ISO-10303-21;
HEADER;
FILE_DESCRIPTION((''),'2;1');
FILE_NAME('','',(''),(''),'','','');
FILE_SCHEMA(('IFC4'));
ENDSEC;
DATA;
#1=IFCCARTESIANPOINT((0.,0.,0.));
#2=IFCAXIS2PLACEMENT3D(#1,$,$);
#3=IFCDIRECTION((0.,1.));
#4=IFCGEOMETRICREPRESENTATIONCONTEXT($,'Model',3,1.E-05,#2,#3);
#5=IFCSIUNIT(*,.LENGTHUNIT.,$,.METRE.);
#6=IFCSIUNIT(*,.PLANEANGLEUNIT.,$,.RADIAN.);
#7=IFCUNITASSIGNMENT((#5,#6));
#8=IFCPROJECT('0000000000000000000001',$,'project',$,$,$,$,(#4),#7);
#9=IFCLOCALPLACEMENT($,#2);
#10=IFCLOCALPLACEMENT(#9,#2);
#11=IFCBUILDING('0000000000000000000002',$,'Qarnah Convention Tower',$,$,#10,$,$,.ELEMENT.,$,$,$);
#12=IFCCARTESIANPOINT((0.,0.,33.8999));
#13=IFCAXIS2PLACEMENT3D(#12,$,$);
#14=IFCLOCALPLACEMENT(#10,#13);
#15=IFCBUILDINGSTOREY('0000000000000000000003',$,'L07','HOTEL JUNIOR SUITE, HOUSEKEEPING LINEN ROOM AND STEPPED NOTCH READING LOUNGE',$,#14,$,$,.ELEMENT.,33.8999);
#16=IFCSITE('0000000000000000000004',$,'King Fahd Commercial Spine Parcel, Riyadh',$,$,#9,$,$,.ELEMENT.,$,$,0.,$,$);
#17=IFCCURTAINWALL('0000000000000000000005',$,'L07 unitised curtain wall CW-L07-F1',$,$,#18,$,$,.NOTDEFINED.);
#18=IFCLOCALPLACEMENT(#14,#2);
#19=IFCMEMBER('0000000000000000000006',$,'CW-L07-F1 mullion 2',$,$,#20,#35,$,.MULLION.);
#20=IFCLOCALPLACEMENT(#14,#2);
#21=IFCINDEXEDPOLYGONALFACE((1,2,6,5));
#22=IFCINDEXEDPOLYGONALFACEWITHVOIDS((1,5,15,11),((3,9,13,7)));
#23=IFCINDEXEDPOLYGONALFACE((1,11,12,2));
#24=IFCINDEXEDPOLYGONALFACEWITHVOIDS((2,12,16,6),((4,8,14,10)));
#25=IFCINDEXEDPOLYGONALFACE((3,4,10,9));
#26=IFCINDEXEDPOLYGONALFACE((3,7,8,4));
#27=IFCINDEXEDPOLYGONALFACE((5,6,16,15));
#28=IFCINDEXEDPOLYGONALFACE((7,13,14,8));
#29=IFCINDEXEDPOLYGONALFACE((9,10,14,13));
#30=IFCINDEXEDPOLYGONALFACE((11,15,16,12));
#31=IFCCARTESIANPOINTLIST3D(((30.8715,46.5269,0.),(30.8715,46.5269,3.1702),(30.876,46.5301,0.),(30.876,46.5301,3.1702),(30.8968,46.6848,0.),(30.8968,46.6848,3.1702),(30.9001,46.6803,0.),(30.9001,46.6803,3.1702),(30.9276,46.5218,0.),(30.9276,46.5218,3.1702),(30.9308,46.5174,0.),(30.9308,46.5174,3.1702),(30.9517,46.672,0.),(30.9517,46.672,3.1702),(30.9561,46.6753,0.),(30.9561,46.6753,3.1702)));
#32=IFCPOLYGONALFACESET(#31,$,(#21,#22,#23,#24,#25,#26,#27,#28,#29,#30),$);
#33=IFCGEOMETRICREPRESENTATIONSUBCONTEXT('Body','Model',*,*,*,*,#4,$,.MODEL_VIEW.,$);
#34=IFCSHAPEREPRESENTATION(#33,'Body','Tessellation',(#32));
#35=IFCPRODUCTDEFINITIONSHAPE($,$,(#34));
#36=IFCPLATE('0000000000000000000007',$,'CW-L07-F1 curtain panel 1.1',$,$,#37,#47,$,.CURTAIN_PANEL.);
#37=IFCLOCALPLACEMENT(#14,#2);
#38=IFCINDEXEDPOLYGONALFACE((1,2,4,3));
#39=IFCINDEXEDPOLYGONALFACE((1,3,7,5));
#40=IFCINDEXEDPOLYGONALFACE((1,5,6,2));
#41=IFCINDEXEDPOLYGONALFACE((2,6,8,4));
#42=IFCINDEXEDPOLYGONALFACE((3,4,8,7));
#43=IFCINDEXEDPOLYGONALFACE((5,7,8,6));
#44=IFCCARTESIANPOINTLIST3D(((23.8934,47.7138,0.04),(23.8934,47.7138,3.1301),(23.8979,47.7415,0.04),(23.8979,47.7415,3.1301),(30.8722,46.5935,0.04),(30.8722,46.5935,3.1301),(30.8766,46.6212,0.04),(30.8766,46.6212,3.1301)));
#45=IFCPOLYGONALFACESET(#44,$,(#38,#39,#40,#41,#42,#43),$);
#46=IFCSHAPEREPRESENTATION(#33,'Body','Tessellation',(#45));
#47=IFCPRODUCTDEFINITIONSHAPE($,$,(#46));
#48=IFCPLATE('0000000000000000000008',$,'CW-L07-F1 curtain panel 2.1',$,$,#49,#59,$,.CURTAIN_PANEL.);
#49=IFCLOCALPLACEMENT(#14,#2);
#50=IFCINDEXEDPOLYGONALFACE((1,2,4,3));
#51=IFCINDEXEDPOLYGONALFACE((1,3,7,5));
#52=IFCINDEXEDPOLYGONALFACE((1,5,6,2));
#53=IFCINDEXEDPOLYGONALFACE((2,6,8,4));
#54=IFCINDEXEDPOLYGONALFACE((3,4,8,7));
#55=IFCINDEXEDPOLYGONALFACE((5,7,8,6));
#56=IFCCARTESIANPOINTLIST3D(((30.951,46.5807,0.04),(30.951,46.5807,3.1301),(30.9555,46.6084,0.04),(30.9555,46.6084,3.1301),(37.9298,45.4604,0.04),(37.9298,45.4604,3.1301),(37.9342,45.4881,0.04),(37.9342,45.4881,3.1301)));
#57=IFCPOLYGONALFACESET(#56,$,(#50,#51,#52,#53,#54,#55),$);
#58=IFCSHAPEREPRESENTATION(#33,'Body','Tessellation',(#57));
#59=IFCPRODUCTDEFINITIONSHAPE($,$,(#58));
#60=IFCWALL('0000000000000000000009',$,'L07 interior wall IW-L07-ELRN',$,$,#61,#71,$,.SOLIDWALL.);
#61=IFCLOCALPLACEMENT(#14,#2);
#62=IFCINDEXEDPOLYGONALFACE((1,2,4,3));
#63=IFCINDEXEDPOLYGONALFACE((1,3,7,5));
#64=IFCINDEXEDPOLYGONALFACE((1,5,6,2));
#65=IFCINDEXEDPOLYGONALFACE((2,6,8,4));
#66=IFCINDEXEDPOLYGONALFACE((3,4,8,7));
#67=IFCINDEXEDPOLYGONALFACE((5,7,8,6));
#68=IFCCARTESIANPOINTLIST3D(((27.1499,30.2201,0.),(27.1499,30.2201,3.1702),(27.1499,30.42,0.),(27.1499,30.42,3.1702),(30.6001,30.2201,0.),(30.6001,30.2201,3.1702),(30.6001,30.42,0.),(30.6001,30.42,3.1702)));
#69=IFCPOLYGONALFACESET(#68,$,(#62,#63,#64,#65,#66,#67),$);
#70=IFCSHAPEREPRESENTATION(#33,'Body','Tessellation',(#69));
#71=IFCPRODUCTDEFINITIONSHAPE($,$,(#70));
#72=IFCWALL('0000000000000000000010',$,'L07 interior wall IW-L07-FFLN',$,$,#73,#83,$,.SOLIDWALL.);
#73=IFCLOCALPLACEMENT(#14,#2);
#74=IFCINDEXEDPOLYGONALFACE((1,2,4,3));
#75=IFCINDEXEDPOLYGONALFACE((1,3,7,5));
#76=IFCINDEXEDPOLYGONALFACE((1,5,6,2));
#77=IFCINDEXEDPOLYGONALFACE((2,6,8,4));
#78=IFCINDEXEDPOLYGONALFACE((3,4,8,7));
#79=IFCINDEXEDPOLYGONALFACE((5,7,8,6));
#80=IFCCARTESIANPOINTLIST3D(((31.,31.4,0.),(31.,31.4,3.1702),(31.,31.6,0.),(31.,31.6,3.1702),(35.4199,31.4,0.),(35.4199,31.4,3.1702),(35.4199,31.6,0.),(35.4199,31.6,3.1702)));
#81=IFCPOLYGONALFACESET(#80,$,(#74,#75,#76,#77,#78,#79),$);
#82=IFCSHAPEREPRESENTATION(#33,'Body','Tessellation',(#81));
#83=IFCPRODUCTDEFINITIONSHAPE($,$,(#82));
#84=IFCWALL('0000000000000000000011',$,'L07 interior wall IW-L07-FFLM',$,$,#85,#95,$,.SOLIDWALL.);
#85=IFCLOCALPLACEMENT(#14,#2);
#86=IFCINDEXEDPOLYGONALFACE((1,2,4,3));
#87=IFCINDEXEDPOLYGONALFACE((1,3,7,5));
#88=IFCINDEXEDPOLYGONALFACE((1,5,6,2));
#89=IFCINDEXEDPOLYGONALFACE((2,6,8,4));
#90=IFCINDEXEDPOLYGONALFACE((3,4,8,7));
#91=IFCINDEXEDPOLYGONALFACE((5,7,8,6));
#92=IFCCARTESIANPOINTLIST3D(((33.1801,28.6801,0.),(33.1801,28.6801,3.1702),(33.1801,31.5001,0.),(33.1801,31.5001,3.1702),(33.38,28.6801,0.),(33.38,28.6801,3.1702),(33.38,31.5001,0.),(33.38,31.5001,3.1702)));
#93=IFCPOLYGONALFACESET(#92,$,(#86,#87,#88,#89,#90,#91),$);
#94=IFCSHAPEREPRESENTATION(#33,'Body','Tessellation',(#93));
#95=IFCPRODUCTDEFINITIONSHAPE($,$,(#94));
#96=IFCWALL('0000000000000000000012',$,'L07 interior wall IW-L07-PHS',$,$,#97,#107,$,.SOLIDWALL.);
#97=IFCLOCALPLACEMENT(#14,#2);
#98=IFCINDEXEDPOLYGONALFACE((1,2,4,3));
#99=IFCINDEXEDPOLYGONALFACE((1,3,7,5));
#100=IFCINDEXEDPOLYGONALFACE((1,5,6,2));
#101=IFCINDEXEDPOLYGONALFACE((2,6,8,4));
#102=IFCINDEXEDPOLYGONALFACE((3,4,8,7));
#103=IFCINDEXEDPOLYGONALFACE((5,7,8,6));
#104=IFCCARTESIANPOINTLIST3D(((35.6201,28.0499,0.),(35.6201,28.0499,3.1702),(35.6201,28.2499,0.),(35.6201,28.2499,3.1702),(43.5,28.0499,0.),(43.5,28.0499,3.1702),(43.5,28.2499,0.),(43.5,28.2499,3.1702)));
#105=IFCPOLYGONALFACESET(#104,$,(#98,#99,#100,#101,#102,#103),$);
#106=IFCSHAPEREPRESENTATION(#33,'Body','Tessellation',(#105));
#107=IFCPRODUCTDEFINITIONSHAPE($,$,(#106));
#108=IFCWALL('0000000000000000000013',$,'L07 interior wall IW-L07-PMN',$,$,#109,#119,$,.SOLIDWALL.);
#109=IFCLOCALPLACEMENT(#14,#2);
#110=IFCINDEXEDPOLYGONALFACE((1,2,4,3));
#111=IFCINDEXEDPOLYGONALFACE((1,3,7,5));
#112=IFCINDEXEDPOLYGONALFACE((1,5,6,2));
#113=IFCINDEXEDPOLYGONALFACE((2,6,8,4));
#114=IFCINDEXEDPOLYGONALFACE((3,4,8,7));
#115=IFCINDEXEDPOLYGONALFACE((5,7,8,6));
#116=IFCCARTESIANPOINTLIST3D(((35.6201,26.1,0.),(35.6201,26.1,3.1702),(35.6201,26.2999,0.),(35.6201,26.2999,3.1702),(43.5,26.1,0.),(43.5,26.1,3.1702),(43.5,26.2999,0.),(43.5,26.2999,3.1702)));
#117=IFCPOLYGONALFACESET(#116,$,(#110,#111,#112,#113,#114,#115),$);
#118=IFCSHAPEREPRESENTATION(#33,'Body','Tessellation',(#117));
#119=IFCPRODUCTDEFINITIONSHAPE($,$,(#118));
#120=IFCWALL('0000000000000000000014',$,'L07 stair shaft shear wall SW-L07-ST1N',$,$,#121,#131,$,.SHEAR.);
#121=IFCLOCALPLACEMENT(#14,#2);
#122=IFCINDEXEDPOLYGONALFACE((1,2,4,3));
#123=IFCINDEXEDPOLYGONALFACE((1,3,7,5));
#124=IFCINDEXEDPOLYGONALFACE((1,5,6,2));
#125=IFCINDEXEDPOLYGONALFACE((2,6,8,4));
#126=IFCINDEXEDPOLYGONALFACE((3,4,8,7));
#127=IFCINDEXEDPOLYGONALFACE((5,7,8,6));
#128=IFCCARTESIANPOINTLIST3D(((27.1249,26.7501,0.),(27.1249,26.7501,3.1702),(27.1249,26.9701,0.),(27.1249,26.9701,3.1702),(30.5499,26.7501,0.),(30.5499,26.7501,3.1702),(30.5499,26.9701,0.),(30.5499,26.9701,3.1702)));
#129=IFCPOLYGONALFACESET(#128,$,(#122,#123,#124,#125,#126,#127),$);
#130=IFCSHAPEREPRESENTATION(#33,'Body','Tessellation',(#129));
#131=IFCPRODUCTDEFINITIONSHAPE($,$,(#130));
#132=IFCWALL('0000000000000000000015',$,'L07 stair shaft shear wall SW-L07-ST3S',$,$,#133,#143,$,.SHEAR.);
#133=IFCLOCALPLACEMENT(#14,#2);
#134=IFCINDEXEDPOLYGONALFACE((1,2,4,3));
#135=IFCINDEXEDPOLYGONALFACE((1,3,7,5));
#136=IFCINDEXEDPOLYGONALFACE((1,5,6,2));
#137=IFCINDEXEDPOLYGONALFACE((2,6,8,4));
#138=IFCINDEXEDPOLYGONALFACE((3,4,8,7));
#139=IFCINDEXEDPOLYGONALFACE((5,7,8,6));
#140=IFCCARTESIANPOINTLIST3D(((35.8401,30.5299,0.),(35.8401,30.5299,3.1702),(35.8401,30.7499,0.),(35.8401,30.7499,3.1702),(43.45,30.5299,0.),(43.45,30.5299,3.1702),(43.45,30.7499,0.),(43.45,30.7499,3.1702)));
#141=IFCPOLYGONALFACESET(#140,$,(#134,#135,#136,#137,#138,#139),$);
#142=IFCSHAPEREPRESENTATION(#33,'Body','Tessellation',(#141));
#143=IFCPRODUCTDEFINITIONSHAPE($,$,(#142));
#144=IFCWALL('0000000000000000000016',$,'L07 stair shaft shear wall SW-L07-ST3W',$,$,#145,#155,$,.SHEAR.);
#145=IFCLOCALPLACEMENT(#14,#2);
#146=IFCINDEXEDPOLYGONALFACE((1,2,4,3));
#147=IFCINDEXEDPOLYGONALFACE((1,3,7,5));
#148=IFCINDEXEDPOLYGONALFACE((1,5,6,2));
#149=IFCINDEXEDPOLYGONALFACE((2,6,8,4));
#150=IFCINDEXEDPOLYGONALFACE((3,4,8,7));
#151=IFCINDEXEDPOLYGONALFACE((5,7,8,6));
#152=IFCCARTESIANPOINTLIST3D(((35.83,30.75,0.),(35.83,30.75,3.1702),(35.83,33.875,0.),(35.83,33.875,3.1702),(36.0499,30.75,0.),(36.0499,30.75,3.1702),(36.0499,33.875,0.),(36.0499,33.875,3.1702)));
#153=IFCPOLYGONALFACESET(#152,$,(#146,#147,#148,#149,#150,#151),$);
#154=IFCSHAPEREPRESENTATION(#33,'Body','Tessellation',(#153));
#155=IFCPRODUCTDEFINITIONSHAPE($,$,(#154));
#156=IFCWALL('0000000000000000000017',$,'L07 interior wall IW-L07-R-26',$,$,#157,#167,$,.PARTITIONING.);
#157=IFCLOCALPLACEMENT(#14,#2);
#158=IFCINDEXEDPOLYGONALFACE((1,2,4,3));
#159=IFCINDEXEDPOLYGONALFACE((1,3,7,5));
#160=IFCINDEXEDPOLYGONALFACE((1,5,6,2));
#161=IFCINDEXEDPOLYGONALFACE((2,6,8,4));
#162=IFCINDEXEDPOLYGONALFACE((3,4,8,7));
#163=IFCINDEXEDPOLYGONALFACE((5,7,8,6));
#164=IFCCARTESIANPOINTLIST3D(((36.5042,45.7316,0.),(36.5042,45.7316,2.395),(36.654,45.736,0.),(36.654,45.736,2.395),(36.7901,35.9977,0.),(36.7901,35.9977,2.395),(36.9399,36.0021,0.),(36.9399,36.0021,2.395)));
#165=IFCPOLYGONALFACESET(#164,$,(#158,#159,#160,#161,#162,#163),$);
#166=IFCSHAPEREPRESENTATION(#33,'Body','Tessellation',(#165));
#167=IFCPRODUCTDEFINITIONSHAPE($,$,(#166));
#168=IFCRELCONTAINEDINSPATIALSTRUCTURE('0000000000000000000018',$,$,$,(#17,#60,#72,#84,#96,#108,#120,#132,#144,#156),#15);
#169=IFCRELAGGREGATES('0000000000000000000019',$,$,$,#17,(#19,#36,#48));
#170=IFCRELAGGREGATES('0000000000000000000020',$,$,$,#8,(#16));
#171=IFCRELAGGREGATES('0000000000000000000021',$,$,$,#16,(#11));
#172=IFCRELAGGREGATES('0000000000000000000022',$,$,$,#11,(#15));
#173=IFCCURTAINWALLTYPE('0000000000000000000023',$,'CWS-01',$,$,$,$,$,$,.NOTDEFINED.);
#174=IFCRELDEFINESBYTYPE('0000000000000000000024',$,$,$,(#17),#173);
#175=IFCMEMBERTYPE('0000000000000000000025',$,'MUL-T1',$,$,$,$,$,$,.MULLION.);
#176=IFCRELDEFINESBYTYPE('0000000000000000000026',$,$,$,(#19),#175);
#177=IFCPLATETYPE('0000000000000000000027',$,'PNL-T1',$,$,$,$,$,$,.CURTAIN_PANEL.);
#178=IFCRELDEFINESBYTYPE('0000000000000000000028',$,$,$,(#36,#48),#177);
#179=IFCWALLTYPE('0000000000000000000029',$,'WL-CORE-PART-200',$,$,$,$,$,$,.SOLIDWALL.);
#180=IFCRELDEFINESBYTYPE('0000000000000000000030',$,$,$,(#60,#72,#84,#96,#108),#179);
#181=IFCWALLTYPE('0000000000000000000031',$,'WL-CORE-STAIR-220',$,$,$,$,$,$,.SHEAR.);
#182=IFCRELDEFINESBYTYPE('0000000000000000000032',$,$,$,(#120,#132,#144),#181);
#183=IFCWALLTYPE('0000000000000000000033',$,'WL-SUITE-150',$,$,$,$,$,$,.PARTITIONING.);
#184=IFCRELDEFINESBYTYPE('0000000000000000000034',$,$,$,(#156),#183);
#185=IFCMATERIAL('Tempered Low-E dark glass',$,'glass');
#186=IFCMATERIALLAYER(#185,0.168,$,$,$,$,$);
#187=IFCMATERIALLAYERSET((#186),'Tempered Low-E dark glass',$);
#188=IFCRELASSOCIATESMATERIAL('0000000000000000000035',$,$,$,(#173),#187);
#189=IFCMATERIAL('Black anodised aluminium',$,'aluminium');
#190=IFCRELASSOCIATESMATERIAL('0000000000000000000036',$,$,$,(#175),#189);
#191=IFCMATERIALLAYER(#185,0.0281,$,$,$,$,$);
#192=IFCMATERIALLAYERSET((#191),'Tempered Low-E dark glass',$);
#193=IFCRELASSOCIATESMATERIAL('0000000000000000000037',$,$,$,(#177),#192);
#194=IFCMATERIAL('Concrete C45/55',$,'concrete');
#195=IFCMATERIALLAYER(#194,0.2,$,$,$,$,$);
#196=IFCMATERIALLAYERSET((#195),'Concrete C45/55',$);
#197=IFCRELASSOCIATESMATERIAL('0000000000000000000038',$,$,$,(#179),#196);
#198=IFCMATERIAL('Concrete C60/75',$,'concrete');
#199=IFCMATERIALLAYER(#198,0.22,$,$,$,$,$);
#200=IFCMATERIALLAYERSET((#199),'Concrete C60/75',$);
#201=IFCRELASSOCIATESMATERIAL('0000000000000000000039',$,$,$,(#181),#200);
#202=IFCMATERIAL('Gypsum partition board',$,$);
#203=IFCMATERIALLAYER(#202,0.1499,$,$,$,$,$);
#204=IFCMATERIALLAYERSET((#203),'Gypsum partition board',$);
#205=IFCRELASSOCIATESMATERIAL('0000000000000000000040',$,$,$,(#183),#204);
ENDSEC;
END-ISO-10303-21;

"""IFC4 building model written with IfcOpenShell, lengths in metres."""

from ifc_helpers import new_model, si_unit, direction, frame, frame_2d, origin, origin_2d, place, context, subcontext, project, spatial, rectangle, hollow_rectangle, extrude, material, layer, layer_set, material_profile, profile_set, type_object, element, aggregate, save


model = new_model("IFC4")

# Units and contexts
model_context = context("Model", 3, precision=1e-05, world=origin(), true_north=direction((0.0, 1.0)))
body_context = subcontext(model_context, "Body", "Model", "MODEL_VIEW")
ifc_project = project(units=[si_unit("LENGTHUNIT", "METRE"), si_unit("PLANEANGLEUNIT", "RADIAN")], contexts=[model_context])

# Site, building, storey
site_placement = place(None, origin())
site = spatial("IfcSite", under=ifc_project, at=site_placement, Name="King Fahd Commercial Spine Parcel, Riyadh", CompositionType="ELEMENT", RefElevation=0.0)
building_placement = place(site_placement, origin())
building = spatial("IfcBuilding", under=site, at=building_placement, Name="Qarnah Convention Tower", CompositionType="ELEMENT")
storey_placement = place(building_placement, frame((0.0, 0.0, 33.8999)))
storey = spatial("IfcBuildingStorey", under=building, at=storey_placement, Name="L07", Description="HOTEL JUNIOR SUITE, HOUSEKEEPING LINEN ROOM AND STEPPED NOTCH READING LOUNGE", CompositionType="ELEMENT", Elevation=33.8999)

# Shared definitions
ifc_material_1 = material(Name="Concrete C60/75", Category="concrete")

# Curtain wall, member, plates
ifc_material_2 = material(Name="Tempered Low-E dark glass", Category="glass")
ifc_layer_1 = layer(ifc_material_2, 0.168)
ifc_layer_set_1 = layer_set([ifc_layer_1], Name="Tempered Low-E dark glass")
curtain_wall_type = type_object("IfcCurtainWallType", Name="CWS-01", PredefinedType="NOTDEFINED", material=ifc_layer_set_1)
curtain_wall_placement = place(storey_placement, origin())
curtain_wall = element("IfcCurtainWall", 1, at=curtain_wall_placement, inside=storey, type_object=curtain_wall_type, Name="L07 unitised curtain wall CW-L07-F1", PredefinedType="NOTDEFINED")
ifc_material_3 = material(Name="Black anodised aluminium", Category="aluminium")
ifc_material_profile_1 = material_profile(ifc_material_3, hollow_rectangle(XDim=0.0601, YDim=0.1599, WallThickness=0.0039, at=origin_2d()), Name="MUL-60X160")
ifc_profile_set_1 = profile_set([ifc_material_profile_1], Name="Black anodised aluminium")
member_type = type_object("IfcMemberType", Name="MUL-T1", PredefinedType="MULLION", material=ifc_profile_set_1)
member_placement = place(storey_placement, frame((30.9138, 46.6011, 0.0), z_axis=(0.0, 0.0, 1.0), x_axis=(0.987359, -0.158502, 0.0)))
member = element("IfcMember", 2, at=member_placement, type_object=member_type, Name="CW-L07-F1 mullion 2", PredefinedType="MULLION", context=body_context, shape_type="SweptSolid", body=[
    extrude(hollow_rectangle(XDim=0.0601, YDim=0.1599, WallThickness=0.0039, at=origin_2d()), origin(), (0.0, 0.0, 1.0), 3.1702),
])
ifc_layer_2 = layer(ifc_material_2, 0.0281)
ifc_layer_set_2 = layer_set([ifc_layer_2], Name="Tempered Low-E dark glass")
plate_type = type_object("IfcPlateType", Name="PNL-T1", PredefinedType="CURTAIN_PANEL", material=ifc_layer_set_2)
plate_1_placement = place(storey_placement, frame((27.385, 47.1675, 0.04), z_axis=(0.0, 0.0, 1.0), x_axis=(0.987359, -0.158502, 0.0)))
plate_1 = element("IfcPlate", 3, at=plate_1_placement, type_object=plate_type, Name="CW-L07-F1 curtain panel 1.1", PredefinedType="CURTAIN_PANEL", context=body_context, shape_type="SweptSolid", body=[
    extrude(rectangle(XDim=7.0681, YDim=0.0281, at=origin_2d()), origin(), (0.0, 0.0, 1.0), 3.0901),
])
plate_2_placement = place(storey_placement, frame((34.4426, 46.0344, 0.04), z_axis=(0.0, 0.0, 1.0), x_axis=(0.987359, -0.158502, 0.0)))
plate_2 = element("IfcPlate", 4, at=plate_2_placement, type_object=plate_type, Name="CW-L07-F1 curtain panel 2.1", PredefinedType="CURTAIN_PANEL", context=body_context, shape_type="SweptSolid", body=[
    extrude(rectangle(XDim=7.0681, YDim=0.0281, at=origin_2d()), origin(), (0.0, 0.0, 1.0), 3.0901),
])
aggregate(curtain_wall, [member, plate_1, plate_2])

# Wall
ifc_material_4 = material(Name="Concrete C45/55", Category="concrete")
ifc_layer_3 = layer(ifc_material_4, 0.2)
ifc_layer_set_3 = layer_set([ifc_layer_3], Name="Concrete C45/55")
wall_type_1 = type_object("IfcWallType", Name="WL-CORE-PART-200", PredefinedType="SOLIDWALL", material=ifc_layer_set_3)
wall_1_placement = place(storey_placement, frame((27.1499, 30.3201, 0.0), z_axis=(0.0, 0.0, 1.0), x_axis=(1.0, 0.0, 0.0)))
element("IfcWall", 5, at=wall_1_placement, inside=storey, type_object=wall_type_1, Name="L07 interior wall IW-L07-ELRN", PredefinedType="SOLIDWALL", context=body_context, shape_type="SweptSolid", body=[
    extrude(rectangle(XDim=3.4502, YDim=0.2, at=frame_2d((1.7251, 0.0))), origin(), (0.0, 0.0, 1.0), 3.1702),
])

# Walls
wall_2_placement = place(storey_placement, frame((31.0, 31.5, 0.0), z_axis=(0.0, 0.0, 1.0), x_axis=(1.0, 0.0, 0.0)))
element("IfcWall", 6, at=wall_2_placement, inside=storey, type_object=wall_type_1, Name="L07 interior wall IW-L07-FFLN", PredefinedType="SOLIDWALL", context=body_context, shape_type="SweptSolid", body=[
    extrude(rectangle(XDim=4.4199, YDim=0.2, at=frame_2d((2.21, 0.0))), origin(), (0.0, 0.0, 1.0), 3.1702),
])
wall_3_placement = place(storey_placement, frame((33.28, 28.6799, 0.0), z_axis=(0.0, 0.0, 1.0), x_axis=(0.0, 1.0, 0.0)))
element("IfcWall", 7, at=wall_3_placement, inside=storey, type_object=wall_type_1, Name="L07 interior wall IW-L07-FFLM", PredefinedType="SOLIDWALL", context=body_context, shape_type="SweptSolid", body=[
    extrude(rectangle(XDim=2.8201, YDim=0.2, at=frame_2d((1.4102, 0.0))), origin(), (0.0, 0.0, 1.0), 3.1702),
])
for number, where, z_axis, x_axis, name in (
    (8, (35.6201, 28.1499, 0.0), (0.0, 0.0, 1.0), (1.0, 0.0, 0.0), "L07 interior wall IW-L07-PHS"),
    (9, (35.6201, 26.2, 0.0), (0.0, 0.0, 1.0), (1.0, 0.0, 0.0), "L07 interior wall IW-L07-PMN"),
):
    element("IfcWall", number, at=place(storey_placement, frame(where, z_axis=z_axis, x_axis=x_axis)), inside=storey, type_object=wall_type_1, Name=name, PredefinedType="SOLIDWALL", context=body_context, shape_type="SweptSolid", body=[
        extrude(rectangle(XDim=7.8799, YDim=0.2, at=frame_2d((3.9399, 0.0))), origin(), (0.0, 0.0, 1.0), 3.1702),
    ])
ifc_layer_4 = layer(ifc_material_1, 0.22)
ifc_layer_set_4 = layer_set([ifc_layer_4], Name="Concrete C60/75")
wall_type_2 = type_object("IfcWallType", Name="WL-CORE-STAIR-220", PredefinedType="SHEAR", material=ifc_layer_set_4)
wall_4_placement = place(storey_placement, frame((27.125, 26.8601, 0.0), z_axis=(0.0, 0.0, 1.0), x_axis=(1.0, 0.0, 0.0)))
element("IfcWall", 10, at=wall_4_placement, inside=storey, type_object=wall_type_2, Name="L07 stair shaft shear wall SW-L07-ST1N", PredefinedType="SHEAR", context=body_context, shape_type="SweptSolid", body=[
    extrude(rectangle(XDim=3.425, YDim=0.22, at=frame_2d((1.7124, 0.0))), origin(), (0.0, 0.0, 1.0), 3.1702),
])
wall_5_placement = place(storey_placement, frame((35.8401, 30.6399, 0.0), z_axis=(0.0, 0.0, 1.0), x_axis=(1.0, 0.0, 0.0)))
element("IfcWall", 11, at=wall_5_placement, inside=storey, type_object=wall_type_2, Name="L07 stair shaft shear wall SW-L07-ST3S", PredefinedType="SHEAR", context=body_context, shape_type="SweptSolid", body=[
    extrude(rectangle(XDim=7.6099, YDim=0.22, at=frame_2d((3.8049, 0.0))), origin(), (0.0, 0.0, 1.0), 3.1702),
])
wall_6_placement = place(storey_placement, frame((35.9399, 30.75, 0.0), z_axis=(0.0, 0.0, 1.0), x_axis=(0.0, 1.0, 0.0)))
element("IfcWall", 12, at=wall_6_placement, inside=storey, type_object=wall_type_2, Name="L07 stair shaft shear wall SW-L07-ST3W", PredefinedType="SHEAR", context=body_context, shape_type="SweptSolid", body=[
    extrude(rectangle(XDim=3.125, YDim=0.22, at=frame_2d((1.5625, 0.0))), origin(), (0.0, 0.0, 1.0), 3.1702),
])
ifc_material_5 = material(Name="Gypsum partition board")
ifc_layer_5 = layer(ifc_material_5, 0.1499)
ifc_layer_set_5 = layer_set([ifc_layer_5], Name="Gypsum partition board")
wall_type_3 = type_object("IfcWallType", Name="WL-SUITE-150", PredefinedType="PARTITIONING", material=ifc_layer_set_5)
wall_7_placement = place(storey_placement, frame((36.5791, 45.7339, 0.0), z_axis=(0.0, 0.0, 1.0), x_axis=(0.029358, -0.999569, 0.0)))
element("IfcWall", 13, at=wall_7_placement, inside=storey, type_object=wall_type_3, Name="L07 interior wall IW-L07-R-26", PredefinedType="PARTITIONING", context=body_context, shape_type="SweptSolid", body=[
    extrude(rectangle(XDim=9.738, YDim=0.1499, at=frame_2d((4.8691, 0.0))), origin(), (0.0, 0.0, 1.0), 2.395),
])

save(model, "model.ifc")
